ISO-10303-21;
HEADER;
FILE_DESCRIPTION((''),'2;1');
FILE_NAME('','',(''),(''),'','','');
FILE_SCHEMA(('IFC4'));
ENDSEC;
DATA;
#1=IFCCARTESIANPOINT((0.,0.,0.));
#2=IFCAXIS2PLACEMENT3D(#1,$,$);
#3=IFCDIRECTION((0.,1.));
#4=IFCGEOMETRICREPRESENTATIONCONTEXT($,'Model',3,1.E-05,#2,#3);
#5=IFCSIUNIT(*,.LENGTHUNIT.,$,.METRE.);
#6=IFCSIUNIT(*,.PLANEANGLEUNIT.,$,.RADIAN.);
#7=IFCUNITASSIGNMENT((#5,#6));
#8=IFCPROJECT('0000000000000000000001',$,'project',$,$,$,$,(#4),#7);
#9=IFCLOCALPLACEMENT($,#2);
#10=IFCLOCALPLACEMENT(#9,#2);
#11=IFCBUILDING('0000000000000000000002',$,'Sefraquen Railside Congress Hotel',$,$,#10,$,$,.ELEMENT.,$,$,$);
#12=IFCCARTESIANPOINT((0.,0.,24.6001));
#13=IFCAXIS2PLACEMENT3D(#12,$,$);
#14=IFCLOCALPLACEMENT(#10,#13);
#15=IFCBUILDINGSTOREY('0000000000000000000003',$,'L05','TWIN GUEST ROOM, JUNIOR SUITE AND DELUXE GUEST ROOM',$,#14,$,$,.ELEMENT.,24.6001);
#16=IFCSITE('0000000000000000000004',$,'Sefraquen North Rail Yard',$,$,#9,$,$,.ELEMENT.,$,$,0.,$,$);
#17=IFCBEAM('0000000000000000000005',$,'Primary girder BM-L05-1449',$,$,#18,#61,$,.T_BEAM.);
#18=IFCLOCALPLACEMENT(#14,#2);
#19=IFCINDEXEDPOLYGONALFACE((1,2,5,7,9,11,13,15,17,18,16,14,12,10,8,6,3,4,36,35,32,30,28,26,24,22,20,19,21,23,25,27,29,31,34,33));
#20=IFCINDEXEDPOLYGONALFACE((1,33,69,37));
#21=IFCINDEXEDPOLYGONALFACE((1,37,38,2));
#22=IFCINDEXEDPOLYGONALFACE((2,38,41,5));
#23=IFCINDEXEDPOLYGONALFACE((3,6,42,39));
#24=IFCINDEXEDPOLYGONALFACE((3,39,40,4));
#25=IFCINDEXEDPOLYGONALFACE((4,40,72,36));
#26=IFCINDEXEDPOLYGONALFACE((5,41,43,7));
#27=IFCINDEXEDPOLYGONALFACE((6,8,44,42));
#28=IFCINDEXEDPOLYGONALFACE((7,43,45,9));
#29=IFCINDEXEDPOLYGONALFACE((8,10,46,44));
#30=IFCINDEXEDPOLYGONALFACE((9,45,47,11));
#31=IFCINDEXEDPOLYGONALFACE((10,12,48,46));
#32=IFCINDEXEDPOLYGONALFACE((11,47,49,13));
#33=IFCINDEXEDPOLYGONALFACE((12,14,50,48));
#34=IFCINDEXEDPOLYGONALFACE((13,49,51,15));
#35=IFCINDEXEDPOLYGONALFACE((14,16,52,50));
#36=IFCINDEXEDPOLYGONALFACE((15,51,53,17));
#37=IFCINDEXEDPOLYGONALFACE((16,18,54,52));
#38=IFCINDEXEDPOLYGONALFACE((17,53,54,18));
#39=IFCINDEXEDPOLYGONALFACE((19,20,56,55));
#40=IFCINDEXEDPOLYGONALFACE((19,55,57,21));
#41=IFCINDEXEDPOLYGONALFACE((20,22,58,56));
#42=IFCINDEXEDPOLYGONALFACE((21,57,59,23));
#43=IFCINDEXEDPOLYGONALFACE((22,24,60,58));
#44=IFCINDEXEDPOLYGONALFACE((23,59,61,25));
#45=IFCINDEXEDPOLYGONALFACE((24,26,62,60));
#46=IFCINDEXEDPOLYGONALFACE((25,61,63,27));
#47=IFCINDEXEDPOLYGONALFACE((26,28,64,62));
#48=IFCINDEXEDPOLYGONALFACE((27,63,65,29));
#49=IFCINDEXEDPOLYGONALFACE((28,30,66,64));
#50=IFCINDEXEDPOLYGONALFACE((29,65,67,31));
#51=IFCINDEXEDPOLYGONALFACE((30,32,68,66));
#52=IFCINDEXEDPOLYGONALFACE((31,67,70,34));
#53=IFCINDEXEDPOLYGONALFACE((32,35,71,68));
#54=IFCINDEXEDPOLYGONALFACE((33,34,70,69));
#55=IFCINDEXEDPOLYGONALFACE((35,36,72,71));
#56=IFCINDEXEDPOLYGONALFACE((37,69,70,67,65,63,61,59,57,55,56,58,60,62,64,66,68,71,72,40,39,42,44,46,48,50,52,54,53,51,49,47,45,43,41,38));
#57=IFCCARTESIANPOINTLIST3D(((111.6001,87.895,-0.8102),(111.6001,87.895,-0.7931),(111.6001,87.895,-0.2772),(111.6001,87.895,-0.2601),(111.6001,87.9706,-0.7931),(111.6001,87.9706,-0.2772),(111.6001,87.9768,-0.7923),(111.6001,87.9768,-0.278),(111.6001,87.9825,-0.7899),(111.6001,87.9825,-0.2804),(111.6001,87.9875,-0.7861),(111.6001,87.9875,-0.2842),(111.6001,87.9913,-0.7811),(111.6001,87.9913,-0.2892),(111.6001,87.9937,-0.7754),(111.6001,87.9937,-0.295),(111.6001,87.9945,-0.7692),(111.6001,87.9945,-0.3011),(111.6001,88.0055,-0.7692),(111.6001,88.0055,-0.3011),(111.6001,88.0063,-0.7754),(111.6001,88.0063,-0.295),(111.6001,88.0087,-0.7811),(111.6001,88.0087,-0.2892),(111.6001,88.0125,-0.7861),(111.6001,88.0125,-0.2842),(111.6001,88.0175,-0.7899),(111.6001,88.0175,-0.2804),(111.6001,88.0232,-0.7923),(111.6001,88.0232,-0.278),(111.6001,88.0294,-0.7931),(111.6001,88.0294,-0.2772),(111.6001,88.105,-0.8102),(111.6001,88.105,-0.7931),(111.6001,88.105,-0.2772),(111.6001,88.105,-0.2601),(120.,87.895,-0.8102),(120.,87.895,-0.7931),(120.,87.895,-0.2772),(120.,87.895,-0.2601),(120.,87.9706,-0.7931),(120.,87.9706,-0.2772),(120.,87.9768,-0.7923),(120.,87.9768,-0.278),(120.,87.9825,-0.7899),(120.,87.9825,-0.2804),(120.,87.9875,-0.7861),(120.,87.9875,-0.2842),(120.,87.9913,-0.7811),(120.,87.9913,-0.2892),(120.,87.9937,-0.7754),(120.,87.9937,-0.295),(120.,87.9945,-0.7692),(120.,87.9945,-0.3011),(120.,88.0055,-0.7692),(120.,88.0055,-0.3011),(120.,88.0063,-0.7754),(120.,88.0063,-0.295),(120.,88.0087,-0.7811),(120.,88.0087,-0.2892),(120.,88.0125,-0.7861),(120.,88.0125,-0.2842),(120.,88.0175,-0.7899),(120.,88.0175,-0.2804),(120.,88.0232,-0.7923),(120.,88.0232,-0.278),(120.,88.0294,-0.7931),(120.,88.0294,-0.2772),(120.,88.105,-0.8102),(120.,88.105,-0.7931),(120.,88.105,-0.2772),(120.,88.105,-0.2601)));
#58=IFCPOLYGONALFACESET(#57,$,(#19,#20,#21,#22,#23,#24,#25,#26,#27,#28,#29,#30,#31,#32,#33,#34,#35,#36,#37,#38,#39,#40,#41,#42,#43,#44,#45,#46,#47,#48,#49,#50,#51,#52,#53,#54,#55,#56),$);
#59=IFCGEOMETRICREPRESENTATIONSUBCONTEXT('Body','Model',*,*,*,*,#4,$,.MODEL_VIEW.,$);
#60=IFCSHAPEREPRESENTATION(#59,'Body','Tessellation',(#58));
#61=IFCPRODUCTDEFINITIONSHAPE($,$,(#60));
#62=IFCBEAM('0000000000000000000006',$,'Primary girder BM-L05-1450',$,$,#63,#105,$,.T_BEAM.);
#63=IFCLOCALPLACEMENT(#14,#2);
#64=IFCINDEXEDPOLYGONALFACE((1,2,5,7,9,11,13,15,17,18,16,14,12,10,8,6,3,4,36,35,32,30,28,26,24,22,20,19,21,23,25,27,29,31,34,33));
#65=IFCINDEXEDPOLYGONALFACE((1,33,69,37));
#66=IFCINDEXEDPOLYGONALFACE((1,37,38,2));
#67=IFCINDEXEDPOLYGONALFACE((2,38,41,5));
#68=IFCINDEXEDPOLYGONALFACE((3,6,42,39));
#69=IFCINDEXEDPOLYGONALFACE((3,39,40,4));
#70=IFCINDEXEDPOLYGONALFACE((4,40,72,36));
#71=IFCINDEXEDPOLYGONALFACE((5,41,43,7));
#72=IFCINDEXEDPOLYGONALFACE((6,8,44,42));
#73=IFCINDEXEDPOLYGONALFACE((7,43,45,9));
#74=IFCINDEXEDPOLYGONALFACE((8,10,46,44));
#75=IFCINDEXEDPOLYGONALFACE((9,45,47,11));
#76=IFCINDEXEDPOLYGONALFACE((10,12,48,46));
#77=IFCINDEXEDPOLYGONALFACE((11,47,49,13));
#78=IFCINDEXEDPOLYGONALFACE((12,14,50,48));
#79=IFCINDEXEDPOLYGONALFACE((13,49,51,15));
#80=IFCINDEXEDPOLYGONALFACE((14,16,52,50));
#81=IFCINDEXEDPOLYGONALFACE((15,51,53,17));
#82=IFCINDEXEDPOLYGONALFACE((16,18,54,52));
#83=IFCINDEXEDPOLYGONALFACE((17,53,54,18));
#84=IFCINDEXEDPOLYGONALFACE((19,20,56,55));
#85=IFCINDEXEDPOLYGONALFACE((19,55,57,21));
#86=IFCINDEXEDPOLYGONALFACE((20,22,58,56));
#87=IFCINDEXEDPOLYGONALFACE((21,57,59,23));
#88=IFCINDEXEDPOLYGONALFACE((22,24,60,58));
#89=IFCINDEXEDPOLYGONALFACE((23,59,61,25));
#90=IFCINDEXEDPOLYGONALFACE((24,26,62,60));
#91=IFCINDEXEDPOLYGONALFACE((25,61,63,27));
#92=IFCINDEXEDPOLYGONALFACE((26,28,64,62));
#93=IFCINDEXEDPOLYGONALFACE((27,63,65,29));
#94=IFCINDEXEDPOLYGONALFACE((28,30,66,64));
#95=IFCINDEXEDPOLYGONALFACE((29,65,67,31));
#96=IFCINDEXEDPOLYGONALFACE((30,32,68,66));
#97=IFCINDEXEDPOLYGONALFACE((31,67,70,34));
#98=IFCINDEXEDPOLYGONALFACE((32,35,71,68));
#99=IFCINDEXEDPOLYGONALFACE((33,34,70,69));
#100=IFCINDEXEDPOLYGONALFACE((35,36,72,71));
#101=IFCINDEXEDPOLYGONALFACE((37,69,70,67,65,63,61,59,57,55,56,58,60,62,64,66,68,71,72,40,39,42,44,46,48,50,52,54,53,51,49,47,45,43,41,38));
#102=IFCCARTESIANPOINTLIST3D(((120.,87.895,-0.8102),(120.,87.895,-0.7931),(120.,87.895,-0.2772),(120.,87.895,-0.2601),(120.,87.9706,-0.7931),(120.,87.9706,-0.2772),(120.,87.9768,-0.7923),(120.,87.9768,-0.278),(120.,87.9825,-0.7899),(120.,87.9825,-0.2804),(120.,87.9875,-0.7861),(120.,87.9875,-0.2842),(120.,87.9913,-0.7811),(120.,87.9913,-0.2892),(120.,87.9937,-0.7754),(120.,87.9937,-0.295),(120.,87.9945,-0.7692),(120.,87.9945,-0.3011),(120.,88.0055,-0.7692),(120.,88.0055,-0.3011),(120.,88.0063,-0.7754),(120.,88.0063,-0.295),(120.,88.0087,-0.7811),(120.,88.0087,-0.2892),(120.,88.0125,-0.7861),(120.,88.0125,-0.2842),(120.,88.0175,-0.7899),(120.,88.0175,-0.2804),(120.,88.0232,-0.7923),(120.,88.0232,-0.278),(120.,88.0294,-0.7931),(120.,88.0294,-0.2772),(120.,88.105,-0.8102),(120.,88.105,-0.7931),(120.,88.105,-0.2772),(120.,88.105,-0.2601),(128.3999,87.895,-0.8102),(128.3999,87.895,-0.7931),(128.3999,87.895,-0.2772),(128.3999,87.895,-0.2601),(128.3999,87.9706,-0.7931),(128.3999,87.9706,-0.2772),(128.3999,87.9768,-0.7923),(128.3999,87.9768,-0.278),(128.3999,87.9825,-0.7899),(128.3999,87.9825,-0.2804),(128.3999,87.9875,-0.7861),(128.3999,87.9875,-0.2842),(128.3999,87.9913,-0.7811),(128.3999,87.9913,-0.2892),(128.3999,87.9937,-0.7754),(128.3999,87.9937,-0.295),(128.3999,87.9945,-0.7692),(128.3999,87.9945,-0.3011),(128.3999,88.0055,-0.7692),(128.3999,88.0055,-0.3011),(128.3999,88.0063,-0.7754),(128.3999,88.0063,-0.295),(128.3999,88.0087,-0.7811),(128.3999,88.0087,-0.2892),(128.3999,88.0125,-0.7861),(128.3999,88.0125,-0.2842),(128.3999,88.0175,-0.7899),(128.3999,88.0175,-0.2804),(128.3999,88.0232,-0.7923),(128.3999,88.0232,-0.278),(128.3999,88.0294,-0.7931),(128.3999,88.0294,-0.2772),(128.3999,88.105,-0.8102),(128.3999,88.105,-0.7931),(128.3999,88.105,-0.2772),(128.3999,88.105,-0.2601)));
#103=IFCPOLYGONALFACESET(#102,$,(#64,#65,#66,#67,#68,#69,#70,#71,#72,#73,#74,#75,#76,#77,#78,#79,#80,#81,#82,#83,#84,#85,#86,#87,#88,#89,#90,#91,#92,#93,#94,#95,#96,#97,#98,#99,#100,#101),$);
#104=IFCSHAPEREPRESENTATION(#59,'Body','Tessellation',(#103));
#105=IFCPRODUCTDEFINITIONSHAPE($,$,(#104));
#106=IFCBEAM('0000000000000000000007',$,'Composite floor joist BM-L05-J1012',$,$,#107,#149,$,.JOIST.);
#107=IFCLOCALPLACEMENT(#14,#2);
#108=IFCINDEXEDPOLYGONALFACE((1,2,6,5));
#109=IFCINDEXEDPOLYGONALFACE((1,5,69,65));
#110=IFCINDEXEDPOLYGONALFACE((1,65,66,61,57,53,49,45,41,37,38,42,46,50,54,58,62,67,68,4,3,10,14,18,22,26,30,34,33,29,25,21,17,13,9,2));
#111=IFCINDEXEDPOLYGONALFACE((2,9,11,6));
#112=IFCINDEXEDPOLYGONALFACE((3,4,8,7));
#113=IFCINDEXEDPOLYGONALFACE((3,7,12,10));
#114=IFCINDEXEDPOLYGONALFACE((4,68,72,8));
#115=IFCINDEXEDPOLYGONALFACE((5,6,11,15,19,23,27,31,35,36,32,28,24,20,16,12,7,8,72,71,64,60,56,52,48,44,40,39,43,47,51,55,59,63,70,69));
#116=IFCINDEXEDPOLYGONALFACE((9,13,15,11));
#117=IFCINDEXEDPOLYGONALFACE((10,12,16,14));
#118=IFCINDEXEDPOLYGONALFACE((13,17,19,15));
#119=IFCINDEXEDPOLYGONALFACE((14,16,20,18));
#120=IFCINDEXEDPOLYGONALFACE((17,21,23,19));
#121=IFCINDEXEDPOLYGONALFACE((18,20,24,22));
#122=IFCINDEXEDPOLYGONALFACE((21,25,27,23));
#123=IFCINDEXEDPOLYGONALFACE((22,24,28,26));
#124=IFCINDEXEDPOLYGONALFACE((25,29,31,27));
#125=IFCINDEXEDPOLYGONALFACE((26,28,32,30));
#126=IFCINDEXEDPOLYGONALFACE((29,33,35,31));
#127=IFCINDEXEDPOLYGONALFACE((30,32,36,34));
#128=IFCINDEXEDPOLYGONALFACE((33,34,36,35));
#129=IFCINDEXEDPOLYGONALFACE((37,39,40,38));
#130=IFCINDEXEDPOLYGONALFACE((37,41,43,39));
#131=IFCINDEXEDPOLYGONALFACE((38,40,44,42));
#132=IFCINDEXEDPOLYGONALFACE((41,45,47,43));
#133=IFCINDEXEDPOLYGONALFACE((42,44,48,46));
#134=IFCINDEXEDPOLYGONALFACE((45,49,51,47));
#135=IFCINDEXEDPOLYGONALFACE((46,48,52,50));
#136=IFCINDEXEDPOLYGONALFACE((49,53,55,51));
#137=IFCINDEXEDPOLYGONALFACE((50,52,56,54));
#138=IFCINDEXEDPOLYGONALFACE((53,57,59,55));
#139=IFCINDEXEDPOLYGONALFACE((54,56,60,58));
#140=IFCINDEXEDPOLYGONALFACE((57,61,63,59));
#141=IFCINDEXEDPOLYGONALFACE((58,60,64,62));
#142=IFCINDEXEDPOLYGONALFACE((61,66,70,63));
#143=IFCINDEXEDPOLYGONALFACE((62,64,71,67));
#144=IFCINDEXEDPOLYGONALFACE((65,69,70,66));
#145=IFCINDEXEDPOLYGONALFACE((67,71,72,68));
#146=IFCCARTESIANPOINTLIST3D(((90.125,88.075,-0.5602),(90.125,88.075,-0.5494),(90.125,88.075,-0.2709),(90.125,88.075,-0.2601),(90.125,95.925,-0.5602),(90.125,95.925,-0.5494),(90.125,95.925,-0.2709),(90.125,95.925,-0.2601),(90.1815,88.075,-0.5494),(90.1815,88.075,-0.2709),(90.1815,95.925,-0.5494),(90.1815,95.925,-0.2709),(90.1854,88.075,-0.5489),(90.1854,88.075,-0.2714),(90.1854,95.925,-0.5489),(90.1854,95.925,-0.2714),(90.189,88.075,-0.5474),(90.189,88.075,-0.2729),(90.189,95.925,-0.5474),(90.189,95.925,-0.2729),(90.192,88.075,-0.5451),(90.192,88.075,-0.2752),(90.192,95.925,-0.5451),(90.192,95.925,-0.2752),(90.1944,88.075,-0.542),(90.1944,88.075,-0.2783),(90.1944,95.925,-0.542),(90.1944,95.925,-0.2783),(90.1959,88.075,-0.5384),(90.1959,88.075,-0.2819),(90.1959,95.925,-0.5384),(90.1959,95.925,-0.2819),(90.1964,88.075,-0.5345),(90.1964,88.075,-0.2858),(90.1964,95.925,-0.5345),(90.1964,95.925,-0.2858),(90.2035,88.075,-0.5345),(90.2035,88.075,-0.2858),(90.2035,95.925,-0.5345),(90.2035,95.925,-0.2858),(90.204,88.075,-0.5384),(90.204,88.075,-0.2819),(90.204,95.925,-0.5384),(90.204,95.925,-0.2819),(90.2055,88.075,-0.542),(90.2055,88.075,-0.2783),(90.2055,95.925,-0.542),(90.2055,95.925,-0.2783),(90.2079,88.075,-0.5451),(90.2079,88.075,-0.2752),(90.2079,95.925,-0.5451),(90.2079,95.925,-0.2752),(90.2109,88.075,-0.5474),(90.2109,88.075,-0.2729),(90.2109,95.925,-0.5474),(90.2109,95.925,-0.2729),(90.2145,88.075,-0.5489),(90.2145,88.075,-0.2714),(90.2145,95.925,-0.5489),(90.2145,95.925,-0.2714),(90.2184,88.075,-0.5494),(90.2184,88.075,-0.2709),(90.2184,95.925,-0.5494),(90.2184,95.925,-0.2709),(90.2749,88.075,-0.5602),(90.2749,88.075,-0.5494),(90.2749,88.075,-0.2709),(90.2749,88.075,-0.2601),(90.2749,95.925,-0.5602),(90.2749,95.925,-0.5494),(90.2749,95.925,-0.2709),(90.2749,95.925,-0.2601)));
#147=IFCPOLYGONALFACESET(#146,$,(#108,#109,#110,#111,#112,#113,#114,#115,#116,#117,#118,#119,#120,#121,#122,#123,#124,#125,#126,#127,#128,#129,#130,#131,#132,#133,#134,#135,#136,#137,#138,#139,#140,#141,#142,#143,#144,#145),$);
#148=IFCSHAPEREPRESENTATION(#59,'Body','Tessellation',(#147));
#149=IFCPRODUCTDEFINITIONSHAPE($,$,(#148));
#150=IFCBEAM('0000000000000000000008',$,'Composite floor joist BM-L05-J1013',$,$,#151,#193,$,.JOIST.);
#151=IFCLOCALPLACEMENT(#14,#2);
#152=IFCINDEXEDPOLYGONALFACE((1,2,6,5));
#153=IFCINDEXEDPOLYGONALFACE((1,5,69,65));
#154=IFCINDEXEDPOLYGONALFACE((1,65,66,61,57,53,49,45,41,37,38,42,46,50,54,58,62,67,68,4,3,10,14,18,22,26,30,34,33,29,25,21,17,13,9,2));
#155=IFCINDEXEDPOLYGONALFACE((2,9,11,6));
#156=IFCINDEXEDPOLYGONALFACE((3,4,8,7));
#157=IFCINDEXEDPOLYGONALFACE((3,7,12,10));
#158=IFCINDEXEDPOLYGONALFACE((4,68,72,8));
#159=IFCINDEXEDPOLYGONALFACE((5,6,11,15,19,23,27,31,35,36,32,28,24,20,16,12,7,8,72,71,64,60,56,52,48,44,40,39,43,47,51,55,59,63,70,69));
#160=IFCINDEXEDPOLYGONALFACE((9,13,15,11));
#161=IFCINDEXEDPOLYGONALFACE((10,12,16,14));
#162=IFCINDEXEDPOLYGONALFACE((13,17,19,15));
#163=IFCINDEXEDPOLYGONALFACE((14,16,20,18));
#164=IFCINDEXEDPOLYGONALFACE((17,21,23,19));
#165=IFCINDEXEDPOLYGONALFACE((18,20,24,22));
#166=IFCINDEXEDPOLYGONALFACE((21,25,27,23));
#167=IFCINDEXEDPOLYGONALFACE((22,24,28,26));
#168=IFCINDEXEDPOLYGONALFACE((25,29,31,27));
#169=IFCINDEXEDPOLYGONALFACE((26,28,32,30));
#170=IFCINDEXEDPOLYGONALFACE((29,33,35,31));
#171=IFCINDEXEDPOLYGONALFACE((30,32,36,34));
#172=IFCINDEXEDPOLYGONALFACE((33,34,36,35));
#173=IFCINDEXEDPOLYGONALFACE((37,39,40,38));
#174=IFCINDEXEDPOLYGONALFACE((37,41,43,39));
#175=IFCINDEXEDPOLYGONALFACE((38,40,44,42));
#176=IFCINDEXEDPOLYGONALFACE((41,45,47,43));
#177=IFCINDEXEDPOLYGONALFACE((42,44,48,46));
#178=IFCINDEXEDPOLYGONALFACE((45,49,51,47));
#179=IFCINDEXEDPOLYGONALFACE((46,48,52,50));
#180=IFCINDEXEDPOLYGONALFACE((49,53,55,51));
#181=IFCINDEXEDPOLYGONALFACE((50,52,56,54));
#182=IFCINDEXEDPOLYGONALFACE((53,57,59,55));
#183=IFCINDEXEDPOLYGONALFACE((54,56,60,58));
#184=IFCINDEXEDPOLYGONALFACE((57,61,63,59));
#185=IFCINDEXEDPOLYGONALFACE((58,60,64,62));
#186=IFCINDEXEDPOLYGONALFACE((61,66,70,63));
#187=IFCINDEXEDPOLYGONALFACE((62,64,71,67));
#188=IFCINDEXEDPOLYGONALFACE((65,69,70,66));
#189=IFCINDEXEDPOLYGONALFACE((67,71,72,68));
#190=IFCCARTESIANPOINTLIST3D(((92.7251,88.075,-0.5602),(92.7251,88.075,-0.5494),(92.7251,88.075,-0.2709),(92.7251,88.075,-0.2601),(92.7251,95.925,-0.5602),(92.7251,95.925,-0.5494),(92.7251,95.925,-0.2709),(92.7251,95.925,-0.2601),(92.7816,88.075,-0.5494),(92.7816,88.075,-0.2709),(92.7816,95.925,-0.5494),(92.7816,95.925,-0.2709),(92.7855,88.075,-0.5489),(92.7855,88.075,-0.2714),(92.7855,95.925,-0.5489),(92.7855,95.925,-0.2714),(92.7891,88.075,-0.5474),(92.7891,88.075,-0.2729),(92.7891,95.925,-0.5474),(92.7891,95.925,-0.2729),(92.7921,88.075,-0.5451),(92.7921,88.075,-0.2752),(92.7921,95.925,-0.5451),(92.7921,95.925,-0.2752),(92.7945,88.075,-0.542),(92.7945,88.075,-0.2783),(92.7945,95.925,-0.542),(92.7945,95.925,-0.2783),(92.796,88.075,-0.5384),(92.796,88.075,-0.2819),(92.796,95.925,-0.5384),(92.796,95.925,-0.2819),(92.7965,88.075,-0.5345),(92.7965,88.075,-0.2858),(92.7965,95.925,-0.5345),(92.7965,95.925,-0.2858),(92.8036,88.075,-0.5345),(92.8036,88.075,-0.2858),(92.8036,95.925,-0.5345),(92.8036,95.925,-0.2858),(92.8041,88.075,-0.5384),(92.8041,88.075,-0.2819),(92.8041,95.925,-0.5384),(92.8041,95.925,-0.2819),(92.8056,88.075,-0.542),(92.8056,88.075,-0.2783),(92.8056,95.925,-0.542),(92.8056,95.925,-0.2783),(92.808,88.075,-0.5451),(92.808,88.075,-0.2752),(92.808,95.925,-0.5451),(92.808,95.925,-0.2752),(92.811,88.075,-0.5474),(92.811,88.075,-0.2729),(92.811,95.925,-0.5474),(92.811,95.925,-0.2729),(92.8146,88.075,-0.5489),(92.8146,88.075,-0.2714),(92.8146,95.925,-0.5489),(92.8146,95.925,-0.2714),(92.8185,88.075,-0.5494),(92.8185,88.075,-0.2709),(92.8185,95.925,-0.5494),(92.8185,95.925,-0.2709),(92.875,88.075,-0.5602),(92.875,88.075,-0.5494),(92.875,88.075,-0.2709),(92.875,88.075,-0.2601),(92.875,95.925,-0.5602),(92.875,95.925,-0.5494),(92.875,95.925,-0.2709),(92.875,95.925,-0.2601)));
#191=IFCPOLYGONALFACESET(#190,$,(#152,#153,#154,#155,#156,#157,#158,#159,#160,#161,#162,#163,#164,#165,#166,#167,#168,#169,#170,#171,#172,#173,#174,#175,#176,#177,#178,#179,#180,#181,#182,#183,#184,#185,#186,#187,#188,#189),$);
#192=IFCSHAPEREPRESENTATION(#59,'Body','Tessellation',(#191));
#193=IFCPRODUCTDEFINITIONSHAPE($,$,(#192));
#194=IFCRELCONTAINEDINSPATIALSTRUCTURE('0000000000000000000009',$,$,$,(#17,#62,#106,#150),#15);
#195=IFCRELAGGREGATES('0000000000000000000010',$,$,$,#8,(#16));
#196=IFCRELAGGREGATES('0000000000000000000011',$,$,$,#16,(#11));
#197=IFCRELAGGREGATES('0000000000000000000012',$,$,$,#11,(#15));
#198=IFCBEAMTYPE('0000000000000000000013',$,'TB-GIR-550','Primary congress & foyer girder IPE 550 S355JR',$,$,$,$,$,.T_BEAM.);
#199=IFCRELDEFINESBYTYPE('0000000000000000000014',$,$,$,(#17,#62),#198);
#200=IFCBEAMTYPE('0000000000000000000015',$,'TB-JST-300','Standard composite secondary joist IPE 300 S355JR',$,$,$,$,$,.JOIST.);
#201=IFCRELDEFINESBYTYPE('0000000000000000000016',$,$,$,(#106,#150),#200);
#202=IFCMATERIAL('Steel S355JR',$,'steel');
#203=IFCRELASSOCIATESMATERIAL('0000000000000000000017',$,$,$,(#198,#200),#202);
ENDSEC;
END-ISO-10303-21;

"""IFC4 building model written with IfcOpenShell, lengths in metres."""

from ifc_helpers import new_model, si_unit, direction, frame, origin, origin_2d, place, context, subcontext, project, spatial, i_section, extrude, material, material_profile, profile_set, type_object, element, save


model = new_model("IFC4")

# Units and contexts
model_context = context("Model", 3, precision=1e-05, world=origin(), true_north=direction((0.0, 1.0)))
body_context = subcontext(model_context, "Body", "Model", "MODEL_VIEW")
ifc_project = project(units=[si_unit("LENGTHUNIT", "METRE"), si_unit("PLANEANGLEUNIT", "RADIAN")], contexts=[model_context])

# Site, building, storey
site_placement = place(None, origin())
site = spatial("IfcSite", under=ifc_project, at=site_placement, Name="Sefraquen North Rail Yard", CompositionType="ELEMENT", RefElevation=0.0)
building_placement = place(site_placement, origin())
building = spatial("IfcBuilding", under=site, at=building_placement, Name="Sefraquen Railside Congress Hotel", CompositionType="ELEMENT")
storey_placement = place(building_placement, frame((0.0, 0.0, 24.6001)))
storey = spatial("IfcBuildingStorey", under=building, at=storey_placement, Name="L05", Description="TWIN GUEST ROOM, JUNIOR SUITE AND DELUXE GUEST ROOM", CompositionType="ELEMENT", Elevation=24.6001)

# Beams
ifc_material_1 = material(Name="Steel S355JR", Category="steel")
ifc_material_profile_1 = material_profile(ifc_material_1, i_section(OverallWidth=0.21, OverallDepth=0.55, WebThickness=0.011, FlangeThickness=0.0171, FilletRadius=0.0239, at=origin_2d()), Name="IPE 550")
ifc_profile_set_1 = profile_set([ifc_material_profile_1], Name="Steel S355JR")
beam_type_1 = type_object("IfcBeamType", Name="TB-GIR-550", Description="Primary congress & foyer girder IPE 550 S355JR", PredefinedType="T_BEAM", material=ifc_profile_set_1)
for number, where, z_axis, x_axis, name in (
    (1, (111.6001, 88.0, -0.5352), (1.0, 0.0, 0.0), (0.0, 1.0, 0.0), "Primary girder BM-L05-1449"),
    (2, (120.0, 88.0, -0.5352), (1.0, 0.0, 0.0), (0.0, 1.0, 0.0), "Primary girder BM-L05-1450"),
):
    element("IfcBeam", number, at=place(storey_placement, frame(where, z_axis=z_axis, x_axis=x_axis)), inside=storey, type_object=beam_type_1, Name=name, PredefinedType="T_BEAM", context=body_context, shape_type="SweptSolid", body=[
        extrude(i_section(OverallWidth=0.21, OverallDepth=0.55, WebThickness=0.011, FlangeThickness=0.0171, FilletRadius=0.0239, at=origin_2d()), origin(), (0.0, 0.0, 1.0), 8.3999),
    ])
ifc_material_profile_2 = material_profile(ifc_material_1, i_section(OverallWidth=0.1499, OverallDepth=0.3, WebThickness=0.0071, FlangeThickness=0.0107, FilletRadius=0.0149, at=origin_2d()), Name="IPE 300")
ifc_profile_set_2 = profile_set([ifc_material_profile_2], Name="Steel S355JR")
beam_type_2 = type_object("IfcBeamType", Name="TB-JST-300", Description="Standard composite secondary joist IPE 300 S355JR", PredefinedType="JOIST", material=ifc_profile_set_2)
for number, where, z_axis, x_axis, name in (
    (3, (90.2, 88.075, -0.4102), (0.0, 1.0, 0.0), (-1.0, 0.0, 0.0), "Composite floor joist BM-L05-J1012"),
    (4, (92.8, 88.075, -0.4102), (0.0, 1.0, 0.0), (-1.0, 0.0, 0.0), "Composite floor joist BM-L05-J1013"),
):
    element("IfcBeam", number, at=place(storey_placement, frame(where, z_axis=z_axis, x_axis=x_axis)), inside=storey, type_object=beam_type_2, Name=name, PredefinedType="JOIST", context=body_context, shape_type="SweptSolid", body=[
        extrude(i_section(OverallWidth=0.1499, OverallDepth=0.3, WebThickness=0.0071, FlangeThickness=0.0107, FilletRadius=0.0149, at=origin_2d()), origin(), (0.0, 0.0, 1.0), 7.8501),
    ])

save(model, "model.ifc")
